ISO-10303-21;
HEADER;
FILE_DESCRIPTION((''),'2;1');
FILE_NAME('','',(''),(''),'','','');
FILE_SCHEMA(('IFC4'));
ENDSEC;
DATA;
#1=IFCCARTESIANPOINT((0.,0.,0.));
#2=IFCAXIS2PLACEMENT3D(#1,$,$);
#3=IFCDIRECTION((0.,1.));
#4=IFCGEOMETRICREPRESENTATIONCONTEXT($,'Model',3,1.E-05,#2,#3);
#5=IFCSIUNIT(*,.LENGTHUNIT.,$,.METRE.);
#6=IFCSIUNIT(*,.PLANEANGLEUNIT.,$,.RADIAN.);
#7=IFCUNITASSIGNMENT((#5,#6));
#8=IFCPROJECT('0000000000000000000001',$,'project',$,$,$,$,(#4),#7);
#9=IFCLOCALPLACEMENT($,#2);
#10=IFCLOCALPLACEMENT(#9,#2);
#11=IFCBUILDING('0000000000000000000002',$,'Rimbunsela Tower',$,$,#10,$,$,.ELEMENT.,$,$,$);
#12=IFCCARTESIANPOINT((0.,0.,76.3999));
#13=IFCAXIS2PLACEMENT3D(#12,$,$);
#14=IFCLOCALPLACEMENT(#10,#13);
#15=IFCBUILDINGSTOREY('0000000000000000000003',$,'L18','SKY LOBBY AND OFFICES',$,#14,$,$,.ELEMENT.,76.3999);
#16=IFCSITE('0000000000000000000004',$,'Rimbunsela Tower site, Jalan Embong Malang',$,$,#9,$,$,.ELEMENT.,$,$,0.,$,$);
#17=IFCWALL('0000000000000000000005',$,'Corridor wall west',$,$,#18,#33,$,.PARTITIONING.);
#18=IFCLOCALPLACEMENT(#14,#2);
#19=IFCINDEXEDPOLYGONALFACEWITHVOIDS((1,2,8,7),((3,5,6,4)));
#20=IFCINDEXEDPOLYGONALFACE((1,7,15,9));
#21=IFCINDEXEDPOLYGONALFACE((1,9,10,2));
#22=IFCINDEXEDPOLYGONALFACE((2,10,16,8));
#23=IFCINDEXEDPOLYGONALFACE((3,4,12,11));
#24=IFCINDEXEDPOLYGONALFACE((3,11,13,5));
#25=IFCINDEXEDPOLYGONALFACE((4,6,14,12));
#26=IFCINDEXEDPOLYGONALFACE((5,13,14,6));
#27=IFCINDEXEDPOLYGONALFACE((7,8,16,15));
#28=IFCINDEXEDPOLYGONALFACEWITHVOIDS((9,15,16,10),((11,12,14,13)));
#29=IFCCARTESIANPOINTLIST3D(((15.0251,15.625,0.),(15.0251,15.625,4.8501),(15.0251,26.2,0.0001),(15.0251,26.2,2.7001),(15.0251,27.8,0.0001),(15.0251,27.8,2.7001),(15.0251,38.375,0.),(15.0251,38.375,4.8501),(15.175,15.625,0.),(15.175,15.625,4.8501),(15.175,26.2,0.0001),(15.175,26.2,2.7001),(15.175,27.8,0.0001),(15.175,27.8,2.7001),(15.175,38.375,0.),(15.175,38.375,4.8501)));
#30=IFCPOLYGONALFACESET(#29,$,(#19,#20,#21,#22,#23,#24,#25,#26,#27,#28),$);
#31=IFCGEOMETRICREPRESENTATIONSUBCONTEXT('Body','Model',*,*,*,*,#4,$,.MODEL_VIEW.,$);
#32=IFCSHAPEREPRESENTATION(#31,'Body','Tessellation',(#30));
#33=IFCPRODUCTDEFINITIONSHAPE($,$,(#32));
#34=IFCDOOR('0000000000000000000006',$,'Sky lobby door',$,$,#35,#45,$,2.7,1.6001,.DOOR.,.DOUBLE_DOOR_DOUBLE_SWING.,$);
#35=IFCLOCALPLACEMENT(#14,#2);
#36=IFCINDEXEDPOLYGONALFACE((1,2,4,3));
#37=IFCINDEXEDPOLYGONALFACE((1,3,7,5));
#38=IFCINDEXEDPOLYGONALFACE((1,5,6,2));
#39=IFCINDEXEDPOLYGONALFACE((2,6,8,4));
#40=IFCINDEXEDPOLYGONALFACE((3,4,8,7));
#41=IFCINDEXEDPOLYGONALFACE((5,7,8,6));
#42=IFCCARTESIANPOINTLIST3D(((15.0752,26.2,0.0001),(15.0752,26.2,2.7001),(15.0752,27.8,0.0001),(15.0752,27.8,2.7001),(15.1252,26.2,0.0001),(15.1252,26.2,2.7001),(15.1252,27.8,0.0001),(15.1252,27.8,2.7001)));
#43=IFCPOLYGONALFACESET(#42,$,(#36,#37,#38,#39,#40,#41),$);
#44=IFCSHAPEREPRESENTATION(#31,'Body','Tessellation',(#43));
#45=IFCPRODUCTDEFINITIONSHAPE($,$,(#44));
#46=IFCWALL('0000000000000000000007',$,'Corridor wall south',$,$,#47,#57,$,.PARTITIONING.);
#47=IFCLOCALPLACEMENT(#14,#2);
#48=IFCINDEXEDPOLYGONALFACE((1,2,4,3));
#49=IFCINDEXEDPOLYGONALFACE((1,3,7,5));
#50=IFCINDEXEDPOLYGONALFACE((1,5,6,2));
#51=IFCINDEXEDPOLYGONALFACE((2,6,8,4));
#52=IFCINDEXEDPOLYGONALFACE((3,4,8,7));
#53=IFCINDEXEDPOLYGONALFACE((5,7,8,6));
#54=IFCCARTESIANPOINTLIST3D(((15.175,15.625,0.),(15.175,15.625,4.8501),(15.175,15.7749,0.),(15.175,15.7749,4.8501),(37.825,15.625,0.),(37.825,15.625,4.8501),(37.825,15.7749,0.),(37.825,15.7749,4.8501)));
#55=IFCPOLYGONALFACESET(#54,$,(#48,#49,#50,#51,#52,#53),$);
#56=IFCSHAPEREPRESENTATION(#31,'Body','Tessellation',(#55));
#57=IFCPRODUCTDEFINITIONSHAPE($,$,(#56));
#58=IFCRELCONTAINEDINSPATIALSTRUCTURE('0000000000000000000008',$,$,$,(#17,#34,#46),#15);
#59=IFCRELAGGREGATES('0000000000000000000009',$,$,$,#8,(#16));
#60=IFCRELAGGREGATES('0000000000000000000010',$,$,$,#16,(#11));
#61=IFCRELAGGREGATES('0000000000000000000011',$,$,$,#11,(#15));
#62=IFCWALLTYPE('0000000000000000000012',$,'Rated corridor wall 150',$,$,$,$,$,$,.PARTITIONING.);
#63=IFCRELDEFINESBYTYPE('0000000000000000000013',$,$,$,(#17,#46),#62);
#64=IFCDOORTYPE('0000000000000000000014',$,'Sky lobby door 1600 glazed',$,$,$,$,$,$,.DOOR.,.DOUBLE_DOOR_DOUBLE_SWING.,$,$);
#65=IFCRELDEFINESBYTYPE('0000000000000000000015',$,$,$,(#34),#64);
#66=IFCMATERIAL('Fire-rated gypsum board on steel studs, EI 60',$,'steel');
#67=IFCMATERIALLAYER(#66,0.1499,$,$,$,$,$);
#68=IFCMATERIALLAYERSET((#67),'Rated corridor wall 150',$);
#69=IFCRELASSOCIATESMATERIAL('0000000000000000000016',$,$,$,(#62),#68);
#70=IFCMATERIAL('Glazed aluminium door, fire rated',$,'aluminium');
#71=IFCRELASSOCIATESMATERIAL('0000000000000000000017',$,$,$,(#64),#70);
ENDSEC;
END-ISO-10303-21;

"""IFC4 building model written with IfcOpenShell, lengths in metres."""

from ifc_helpers import new_model, si_unit, direction, frame, frame_2d, origin, place, context, subcontext, project, spatial, rectangle, extrude, material, layer, layer_set, type_object, element, fill, save


model = new_model("IFC4")

# Units and contexts
model_context = context("Model", 3, precision=1e-05, world=origin(), true_north=direction((0.0, 1.0)))
body_context = subcontext(model_context, "Body", "Model", "MODEL_VIEW")
ifc_project = project(units=[si_unit("LENGTHUNIT", "METRE"), si_unit("PLANEANGLEUNIT", "RADIAN")], contexts=[model_context])

# Site, building, storey
site_placement = place(None, origin())
site = spatial("IfcSite", under=ifc_project, at=site_placement, Name="Rimbunsela Tower site, Jalan Embong Malang", CompositionType="ELEMENT", RefElevation=0.0)
building_placement = place(site_placement, origin())
building = spatial("IfcBuilding", under=site, at=building_placement, Name="Rimbunsela Tower", CompositionType="ELEMENT")
storey_placement = place(building_placement, frame((0.0, 0.0, 76.3999)))
storey = spatial("IfcBuildingStorey", under=building, at=storey_placement, Name="L18", Description="SKY LOBBY AND OFFICES", CompositionType="ELEMENT", Elevation=76.3999)

# Wall, opening, door
ifc_material_1 = material(Name="Fire-rated gypsum board on steel studs, EI 60", Category="steel")
ifc_layer_1 = layer(ifc_material_1, 0.1499)
ifc_layer_set_1 = layer_set([ifc_layer_1], Name="Rated corridor wall 150")
wall_type_1 = type_object("IfcWallType", Name="Rated corridor wall 150", PredefinedType="PARTITIONING", material=ifc_layer_set_1)
wall_1_placement = place(storey_placement, frame((15.1001, 15.625, 0.0), z_axis=(0.0, 0.0, 1.0), x_axis=(0.0, 1.0, 0.0)))
wall_1 = element("IfcWall", 1, at=wall_1_placement, inside=storey, type_object=wall_type_1, Name="Corridor wall west", PredefinedType="PARTITIONING", context=body_context, shape_type="SweptSolid", body=[
    extrude(rectangle(XDim=22.75, YDim=0.1499, at=frame_2d((11.375, 0.0))), origin(), (0.0, 0.0, 1.0), 4.8501),
])
opening_1_placement = place(wall_1_placement, frame((10.575, 0.0, 0.0)))
opening_1 = element("IfcOpeningElement", 2, at=opening_1_placement, cuts=wall_1, PredefinedType="OPENING", context=body_context, shape_type="SweptSolid", body=[
    extrude(rectangle(XDim=1.6001, YDim=2.7, at=frame_2d((0.8, 1.3501))), frame((0.0, 0.085, 0.0), z_axis=(0.0, -1.0, 0.0), x_axis=(1.0, 0.0, 0.0)), (0.0, 0.0, 1.0), 0.1699),
])
ifc_material_2 = material(Name="Glazed aluminium door, fire rated", Category="aluminium")
door_type_1 = type_object("IfcDoorType", Name="Sky lobby door 1600 glazed", OperationType="DOUBLE_DOOR_DOUBLE_SWING", PredefinedType="DOOR", material=ifc_material_2)
door_1_placement = place(opening_1_placement, origin())
door_1 = element("IfcDoor", 3, at=door_1_placement, inside=storey, type_object=door_type_1, Name="Sky lobby door", OperationType="DOUBLE_DOOR_DOUBLE_SWING", OverallHeight=2.7, OverallWidth=1.6001, PredefinedType="DOOR", context=body_context, shape_type="SweptSolid", body=[
    extrude(rectangle(XDim=1.6001, YDim=2.7, at=frame_2d((0.8, 1.3501))), frame((0.0, 0.0249, 0.0), z_axis=(0.0, -1.0, 0.0), x_axis=(1.0, 0.0, 0.0)), (0.0, 0.0, 1.0), 0.05),
])
fill(opening_1, door_1)

# Wall
wall_2_placement = place(storey_placement, frame((15.175, 15.7, 0.0), z_axis=(0.0, 0.0, 1.0), x_axis=(1.0, 0.0, 0.0)))
element("IfcWall", 4, at=wall_2_placement, inside=storey, type_object=wall_type_1, Name="Corridor wall south", PredefinedType="PARTITIONING", context=body_context, shape_type="SweptSolid", body=[
    extrude(rectangle(XDim=22.6499, YDim=0.1499, at=frame_2d((11.325, 0.0))), origin(), (0.0, 0.0, 1.0), 4.8501),
])

save(model, "model.ifc")
